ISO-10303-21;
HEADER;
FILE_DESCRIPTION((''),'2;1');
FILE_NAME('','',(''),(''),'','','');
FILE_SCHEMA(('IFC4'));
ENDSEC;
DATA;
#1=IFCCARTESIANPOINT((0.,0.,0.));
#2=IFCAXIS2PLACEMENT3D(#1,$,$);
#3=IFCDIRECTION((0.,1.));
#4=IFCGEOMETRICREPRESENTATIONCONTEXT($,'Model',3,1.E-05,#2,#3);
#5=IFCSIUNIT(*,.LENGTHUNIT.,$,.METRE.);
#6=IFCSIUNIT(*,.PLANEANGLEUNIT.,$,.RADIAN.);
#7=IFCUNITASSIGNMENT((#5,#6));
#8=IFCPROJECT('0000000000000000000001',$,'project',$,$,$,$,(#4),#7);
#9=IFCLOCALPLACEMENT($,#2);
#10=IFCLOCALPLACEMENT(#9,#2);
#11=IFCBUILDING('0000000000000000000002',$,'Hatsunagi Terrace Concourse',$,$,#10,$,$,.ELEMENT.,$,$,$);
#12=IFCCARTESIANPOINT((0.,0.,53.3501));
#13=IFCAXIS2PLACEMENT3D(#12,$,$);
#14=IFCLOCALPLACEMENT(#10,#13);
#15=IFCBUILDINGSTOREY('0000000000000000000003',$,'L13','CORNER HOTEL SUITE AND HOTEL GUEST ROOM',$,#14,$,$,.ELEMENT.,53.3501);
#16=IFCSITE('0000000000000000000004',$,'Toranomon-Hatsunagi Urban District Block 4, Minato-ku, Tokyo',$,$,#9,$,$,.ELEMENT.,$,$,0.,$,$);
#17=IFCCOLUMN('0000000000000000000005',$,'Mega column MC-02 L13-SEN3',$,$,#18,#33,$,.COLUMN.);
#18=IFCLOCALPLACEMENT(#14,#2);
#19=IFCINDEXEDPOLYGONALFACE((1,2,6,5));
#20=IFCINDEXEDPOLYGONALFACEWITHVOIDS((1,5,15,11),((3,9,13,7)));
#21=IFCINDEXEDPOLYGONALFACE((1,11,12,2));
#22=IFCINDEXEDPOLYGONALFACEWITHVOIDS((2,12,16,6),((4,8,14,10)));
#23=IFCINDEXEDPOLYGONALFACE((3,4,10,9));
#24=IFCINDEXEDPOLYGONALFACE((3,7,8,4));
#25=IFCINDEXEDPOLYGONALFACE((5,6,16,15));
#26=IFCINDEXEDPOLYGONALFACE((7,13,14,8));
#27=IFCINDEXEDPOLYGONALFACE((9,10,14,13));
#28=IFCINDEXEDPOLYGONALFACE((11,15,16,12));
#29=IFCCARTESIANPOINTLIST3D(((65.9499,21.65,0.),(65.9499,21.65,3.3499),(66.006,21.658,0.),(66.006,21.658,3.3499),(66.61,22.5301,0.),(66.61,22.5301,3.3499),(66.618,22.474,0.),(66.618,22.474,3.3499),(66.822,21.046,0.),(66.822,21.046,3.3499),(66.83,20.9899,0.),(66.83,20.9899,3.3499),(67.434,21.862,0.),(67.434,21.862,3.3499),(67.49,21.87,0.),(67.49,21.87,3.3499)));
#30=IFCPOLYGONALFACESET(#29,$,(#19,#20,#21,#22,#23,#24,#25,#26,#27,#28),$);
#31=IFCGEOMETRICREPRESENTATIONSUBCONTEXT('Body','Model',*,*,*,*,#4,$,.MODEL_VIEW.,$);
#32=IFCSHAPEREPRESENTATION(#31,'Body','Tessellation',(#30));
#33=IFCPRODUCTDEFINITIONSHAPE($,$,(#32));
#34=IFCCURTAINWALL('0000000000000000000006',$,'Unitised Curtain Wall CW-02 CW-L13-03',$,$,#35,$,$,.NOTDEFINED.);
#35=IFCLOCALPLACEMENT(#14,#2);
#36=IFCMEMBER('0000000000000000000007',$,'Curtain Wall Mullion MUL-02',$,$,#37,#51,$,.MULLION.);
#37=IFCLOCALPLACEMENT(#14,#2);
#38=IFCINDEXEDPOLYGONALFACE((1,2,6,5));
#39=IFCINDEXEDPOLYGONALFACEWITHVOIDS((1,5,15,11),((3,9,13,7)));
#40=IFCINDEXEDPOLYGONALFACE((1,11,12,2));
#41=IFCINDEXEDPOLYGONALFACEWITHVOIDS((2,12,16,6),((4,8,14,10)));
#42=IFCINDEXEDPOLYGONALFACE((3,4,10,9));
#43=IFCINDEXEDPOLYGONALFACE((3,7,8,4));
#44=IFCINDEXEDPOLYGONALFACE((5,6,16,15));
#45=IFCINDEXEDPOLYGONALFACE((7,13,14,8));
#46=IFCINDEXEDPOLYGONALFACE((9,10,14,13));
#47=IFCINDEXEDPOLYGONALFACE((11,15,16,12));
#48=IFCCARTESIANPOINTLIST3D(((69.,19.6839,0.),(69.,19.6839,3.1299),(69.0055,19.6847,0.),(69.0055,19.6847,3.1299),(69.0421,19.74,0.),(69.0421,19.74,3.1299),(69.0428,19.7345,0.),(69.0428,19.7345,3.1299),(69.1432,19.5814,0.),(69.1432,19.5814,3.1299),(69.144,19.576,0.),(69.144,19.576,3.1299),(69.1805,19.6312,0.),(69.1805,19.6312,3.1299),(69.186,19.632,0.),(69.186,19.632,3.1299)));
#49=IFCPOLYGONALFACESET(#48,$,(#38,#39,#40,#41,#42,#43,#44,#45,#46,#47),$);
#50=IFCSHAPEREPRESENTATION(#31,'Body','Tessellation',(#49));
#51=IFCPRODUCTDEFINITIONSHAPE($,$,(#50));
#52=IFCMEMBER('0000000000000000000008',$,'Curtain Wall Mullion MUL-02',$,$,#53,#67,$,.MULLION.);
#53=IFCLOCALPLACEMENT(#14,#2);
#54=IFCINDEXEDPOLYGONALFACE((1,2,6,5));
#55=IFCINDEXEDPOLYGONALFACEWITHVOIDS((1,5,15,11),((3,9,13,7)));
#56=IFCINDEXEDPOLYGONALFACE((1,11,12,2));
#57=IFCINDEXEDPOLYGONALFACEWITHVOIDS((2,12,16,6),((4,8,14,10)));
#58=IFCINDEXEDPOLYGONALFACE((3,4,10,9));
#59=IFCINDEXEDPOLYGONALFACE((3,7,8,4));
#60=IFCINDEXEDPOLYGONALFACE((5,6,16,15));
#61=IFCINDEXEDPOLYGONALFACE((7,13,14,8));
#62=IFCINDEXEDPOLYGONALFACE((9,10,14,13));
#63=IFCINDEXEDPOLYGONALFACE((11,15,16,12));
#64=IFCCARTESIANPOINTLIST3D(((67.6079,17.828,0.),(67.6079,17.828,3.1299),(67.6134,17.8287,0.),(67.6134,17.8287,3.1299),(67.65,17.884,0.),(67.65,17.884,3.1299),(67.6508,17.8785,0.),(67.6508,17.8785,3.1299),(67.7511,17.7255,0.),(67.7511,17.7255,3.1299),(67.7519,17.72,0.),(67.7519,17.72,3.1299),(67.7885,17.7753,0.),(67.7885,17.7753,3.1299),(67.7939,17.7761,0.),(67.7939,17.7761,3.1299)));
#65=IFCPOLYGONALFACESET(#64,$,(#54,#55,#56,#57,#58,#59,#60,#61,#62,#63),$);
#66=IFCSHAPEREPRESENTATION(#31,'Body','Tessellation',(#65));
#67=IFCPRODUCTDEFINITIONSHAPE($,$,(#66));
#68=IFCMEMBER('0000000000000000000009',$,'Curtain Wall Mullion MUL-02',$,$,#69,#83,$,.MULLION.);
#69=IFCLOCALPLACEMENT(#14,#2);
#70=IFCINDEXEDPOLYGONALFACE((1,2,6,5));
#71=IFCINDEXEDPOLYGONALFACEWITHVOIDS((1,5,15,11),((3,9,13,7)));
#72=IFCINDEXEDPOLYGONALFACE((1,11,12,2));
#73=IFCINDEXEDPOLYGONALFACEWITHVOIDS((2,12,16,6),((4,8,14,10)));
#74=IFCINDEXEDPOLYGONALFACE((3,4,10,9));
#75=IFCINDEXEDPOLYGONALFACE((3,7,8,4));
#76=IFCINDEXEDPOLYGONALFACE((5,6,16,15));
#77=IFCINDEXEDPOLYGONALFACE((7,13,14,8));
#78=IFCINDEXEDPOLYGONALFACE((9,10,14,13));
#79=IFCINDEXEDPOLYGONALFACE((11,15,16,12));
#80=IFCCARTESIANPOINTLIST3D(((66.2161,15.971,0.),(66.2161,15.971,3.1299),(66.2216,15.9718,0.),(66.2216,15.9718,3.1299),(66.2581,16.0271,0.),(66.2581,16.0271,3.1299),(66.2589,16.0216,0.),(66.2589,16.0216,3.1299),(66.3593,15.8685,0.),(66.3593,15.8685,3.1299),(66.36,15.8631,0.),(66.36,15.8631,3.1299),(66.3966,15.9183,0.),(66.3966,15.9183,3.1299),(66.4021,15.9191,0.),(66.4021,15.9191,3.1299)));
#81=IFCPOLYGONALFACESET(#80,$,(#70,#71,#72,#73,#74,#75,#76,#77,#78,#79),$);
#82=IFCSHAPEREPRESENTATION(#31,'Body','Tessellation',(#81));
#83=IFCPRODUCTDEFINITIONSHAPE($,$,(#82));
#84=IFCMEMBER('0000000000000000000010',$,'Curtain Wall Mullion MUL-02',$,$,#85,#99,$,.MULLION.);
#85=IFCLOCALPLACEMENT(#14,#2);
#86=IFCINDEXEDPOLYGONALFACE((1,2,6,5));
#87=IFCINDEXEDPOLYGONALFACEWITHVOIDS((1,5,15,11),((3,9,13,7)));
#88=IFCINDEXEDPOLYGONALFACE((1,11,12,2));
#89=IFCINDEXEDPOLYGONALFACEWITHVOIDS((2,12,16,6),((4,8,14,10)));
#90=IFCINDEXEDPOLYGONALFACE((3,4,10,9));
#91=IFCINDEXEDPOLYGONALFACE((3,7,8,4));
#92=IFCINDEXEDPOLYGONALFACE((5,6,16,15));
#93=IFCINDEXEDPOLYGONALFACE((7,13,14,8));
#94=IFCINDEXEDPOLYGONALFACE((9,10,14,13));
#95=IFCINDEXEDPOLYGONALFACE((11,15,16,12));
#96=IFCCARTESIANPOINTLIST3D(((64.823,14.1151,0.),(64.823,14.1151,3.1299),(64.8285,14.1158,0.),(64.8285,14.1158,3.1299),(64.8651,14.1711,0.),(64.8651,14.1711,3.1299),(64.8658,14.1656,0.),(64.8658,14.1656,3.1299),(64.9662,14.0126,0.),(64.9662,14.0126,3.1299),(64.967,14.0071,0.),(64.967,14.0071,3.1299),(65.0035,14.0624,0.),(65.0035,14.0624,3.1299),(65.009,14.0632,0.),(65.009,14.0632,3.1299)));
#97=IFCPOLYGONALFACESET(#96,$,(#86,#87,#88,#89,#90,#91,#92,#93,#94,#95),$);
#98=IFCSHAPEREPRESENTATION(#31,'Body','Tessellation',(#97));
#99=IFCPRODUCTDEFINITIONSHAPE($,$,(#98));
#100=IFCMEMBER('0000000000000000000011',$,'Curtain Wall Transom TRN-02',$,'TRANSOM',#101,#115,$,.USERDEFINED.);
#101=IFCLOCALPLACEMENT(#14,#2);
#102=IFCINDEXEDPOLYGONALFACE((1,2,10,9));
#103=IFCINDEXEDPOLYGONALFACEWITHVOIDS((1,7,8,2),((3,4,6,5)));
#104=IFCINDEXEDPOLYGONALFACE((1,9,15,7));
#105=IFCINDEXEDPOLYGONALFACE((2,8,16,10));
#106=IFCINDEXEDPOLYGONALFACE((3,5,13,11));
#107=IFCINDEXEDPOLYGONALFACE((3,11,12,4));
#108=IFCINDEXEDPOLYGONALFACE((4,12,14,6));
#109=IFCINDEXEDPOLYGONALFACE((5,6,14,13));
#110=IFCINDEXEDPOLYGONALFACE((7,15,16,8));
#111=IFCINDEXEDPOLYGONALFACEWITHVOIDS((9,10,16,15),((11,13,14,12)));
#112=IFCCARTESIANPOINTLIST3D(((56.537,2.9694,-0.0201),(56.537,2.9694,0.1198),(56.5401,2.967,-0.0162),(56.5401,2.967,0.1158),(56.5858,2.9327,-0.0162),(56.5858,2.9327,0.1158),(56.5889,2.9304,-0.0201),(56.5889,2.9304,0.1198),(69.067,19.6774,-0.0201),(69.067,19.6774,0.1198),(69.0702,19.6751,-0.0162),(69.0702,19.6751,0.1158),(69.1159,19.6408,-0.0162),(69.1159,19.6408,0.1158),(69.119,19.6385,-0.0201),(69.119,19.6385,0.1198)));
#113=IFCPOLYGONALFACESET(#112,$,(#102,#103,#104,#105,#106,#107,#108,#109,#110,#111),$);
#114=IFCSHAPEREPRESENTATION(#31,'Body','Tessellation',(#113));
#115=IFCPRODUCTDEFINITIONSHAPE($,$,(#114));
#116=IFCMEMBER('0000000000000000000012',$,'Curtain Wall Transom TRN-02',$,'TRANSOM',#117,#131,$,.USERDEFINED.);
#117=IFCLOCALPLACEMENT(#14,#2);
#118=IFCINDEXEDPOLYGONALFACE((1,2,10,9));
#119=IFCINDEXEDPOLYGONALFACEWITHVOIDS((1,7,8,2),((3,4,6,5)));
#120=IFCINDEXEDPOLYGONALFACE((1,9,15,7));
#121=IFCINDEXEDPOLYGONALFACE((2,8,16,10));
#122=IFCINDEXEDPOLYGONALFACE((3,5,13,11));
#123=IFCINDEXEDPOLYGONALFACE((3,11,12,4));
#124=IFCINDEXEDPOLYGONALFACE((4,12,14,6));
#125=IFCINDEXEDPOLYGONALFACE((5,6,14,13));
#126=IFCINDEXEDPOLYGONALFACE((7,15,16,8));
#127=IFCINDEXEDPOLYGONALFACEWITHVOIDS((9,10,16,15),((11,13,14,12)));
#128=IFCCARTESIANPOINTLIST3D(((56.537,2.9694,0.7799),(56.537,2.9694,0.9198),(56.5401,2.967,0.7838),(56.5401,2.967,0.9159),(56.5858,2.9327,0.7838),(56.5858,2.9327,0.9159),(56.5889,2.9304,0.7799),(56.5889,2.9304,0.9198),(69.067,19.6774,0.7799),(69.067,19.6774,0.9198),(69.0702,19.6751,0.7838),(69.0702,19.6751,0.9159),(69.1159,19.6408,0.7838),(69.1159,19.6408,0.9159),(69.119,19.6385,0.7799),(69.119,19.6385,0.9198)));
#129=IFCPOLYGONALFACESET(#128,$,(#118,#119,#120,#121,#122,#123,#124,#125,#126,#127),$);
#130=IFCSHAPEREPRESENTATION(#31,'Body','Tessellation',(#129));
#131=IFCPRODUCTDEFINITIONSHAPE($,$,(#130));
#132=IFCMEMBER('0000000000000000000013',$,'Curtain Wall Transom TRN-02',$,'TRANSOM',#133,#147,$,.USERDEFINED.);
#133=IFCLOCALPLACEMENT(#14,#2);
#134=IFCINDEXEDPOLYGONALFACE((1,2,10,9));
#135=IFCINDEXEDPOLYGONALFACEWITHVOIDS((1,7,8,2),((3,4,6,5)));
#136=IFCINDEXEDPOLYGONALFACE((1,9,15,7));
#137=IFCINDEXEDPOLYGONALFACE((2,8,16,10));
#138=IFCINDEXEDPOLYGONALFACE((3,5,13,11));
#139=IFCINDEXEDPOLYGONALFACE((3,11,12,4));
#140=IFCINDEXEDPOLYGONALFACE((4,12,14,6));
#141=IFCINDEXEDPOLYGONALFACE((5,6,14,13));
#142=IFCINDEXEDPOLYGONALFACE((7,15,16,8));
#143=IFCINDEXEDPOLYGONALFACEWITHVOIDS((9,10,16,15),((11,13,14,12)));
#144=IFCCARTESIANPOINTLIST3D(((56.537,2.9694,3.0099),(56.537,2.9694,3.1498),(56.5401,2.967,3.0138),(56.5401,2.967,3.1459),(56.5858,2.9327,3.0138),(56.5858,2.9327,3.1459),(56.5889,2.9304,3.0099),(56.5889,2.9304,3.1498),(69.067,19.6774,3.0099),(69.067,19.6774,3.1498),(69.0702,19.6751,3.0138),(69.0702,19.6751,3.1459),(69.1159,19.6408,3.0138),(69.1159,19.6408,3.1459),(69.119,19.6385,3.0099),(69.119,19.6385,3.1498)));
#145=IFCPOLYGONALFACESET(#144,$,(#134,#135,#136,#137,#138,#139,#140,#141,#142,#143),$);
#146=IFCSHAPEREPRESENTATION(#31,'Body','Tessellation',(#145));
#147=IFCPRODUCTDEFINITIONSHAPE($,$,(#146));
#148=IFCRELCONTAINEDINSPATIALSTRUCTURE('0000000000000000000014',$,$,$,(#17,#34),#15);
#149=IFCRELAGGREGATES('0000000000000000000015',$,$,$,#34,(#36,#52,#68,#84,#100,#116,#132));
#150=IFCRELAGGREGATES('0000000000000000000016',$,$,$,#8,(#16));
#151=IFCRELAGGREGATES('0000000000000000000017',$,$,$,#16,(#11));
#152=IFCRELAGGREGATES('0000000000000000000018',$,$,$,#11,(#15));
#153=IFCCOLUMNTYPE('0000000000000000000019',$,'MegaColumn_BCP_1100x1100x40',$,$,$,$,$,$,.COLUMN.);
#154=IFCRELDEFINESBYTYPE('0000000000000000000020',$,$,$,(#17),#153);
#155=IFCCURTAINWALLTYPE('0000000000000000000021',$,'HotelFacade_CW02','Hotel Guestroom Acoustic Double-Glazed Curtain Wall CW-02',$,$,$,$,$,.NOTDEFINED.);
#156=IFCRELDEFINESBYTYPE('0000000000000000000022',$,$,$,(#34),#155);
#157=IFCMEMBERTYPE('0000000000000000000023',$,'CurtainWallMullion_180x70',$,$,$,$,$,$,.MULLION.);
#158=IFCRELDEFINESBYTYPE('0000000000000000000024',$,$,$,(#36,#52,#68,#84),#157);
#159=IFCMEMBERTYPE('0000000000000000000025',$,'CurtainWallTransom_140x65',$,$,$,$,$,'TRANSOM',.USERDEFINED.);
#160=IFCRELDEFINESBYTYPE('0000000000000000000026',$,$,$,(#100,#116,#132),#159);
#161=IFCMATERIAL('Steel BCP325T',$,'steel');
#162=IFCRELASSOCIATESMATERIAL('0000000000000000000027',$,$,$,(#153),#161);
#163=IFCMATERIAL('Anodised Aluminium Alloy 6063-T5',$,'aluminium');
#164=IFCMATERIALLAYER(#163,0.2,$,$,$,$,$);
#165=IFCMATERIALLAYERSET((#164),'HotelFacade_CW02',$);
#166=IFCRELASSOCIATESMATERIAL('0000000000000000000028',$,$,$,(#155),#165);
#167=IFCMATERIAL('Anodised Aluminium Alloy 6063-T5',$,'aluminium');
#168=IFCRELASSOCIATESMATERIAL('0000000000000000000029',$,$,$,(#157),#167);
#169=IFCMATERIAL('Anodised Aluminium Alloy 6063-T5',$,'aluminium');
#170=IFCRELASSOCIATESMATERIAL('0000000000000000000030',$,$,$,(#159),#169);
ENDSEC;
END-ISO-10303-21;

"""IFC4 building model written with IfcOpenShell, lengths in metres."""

from ifc_helpers import new_model, si_unit, direction, frame, origin, origin_2d, place, context, subcontext, project, spatial, hollow_rectangle, extrude, material, layer, layer_set, material_profile, profile_set, type_object, element, aggregate, save


model = new_model("IFC4")

# Units and contexts
model_context = context("Model", 3, precision=1e-05, world=origin(), true_north=direction((0.0, 1.0)))
body_context = subcontext(model_context, "Body", "Model", "MODEL_VIEW")
ifc_project = project(units=[si_unit("LENGTHUNIT", "METRE"), si_unit("PLANEANGLEUNIT", "RADIAN")], contexts=[model_context])

# Site, building, storey
site_placement = place(None, origin())
site = spatial("IfcSite", under=ifc_project, at=site_placement, Name="Toranomon-Hatsunagi Urban District Block 4, Minato-ku, Tokyo", CompositionType="ELEMENT", RefElevation=0.0)
building_placement = place(site_placement, origin())
building = spatial("IfcBuilding", under=site, at=building_placement, Name="Hatsunagi Terrace Concourse", CompositionType="ELEMENT")
storey_placement = place(building_placement, frame((0.0, 0.0, 53.3501)))
storey = spatial("IfcBuildingStorey", under=building, at=storey_placement, Name="L13", Description="CORNER HOTEL SUITE AND HOTEL GUEST ROOM", CompositionType="ELEMENT", Elevation=53.3501)

# Column
ifc_material_1 = material(Name="Steel BCP325T", Category="steel")
ifc_material_profile_1 = material_profile(ifc_material_1, hollow_rectangle(XDim=1.1001, YDim=1.1001, WallThickness=0.04, at=origin_2d()), Name="BCP-1100x1100x40")
ifc_profile_set_1 = profile_set([ifc_material_profile_1], Name="Steel BCP325T")
column_type = type_object("IfcColumnType", Name="MegaColumn_BCP_1100x1100x40", PredefinedType="COLUMN", material=ifc_profile_set_1)
column_placement = place(storey_placement, frame((66.72, 21.76, 0.0), z_axis=(0.0, 0.0, 1.0), x_axis=(0.8, -0.6, 0.0)))
element("IfcColumn", 1, at=column_placement, inside=storey, type_object=column_type, Name="Mega column MC-02 L13-SEN3", PredefinedType="COLUMN", context=body_context, shape_type="SweptSolid", body=[
    extrude(hollow_rectangle(XDim=1.1001, YDim=1.1001, WallThickness=0.04, at=origin_2d()), origin(), (0.0, 0.0, 1.0), 3.3499),
])

# Curtain wall, members
ifc_material_2 = material(Name="Anodised Aluminium Alloy 6063-T5", Category="aluminium")
ifc_layer_1 = layer(ifc_material_2, 0.2)
ifc_layer_set_1 = layer_set([ifc_layer_1], Name="HotelFacade_CW02")
curtain_wall_type = type_object("IfcCurtainWallType", Name="HotelFacade_CW02", Description="Hotel Guestroom Acoustic Double-Glazed Curtain Wall CW-02", PredefinedType="NOTDEFINED", material=ifc_layer_set_1)
curtain_wall_placement = place(storey_placement, origin())
curtain_wall = element("IfcCurtainWall", 2, at=curtain_wall_placement, inside=storey, type_object=curtain_wall_type, Name="Unitised Curtain Wall CW-02 CW-L13-03", PredefinedType="NOTDEFINED")
ifc_material_3 = material(Name="Anodised Aluminium Alloy 6063-T5", Category="aluminium")
ifc_material_profile_2 = material_profile(ifc_material_3, hollow_rectangle(XDim=0.0701, YDim=0.1799, WallThickness=0.0039, at=origin_2d()), Name="ALU-MUL-180x70x4")
ifc_profile_set_2 = profile_set([ifc_material_profile_2], Name="Anodised Aluminium Alloy 6063-T5")
member_type_1 = type_object("IfcMemberType", Name="CurtainWallMullion_180x70", PredefinedType="MULLION", material=ifc_profile_set_2)
member_1_placement = place(storey_placement, frame((69.093, 19.658, 0.0), z_axis=(0.0, 0.0, 1.0), x_axis=(-0.599969, -0.800023, 0.0)))
member_1 = element("IfcMember", 3, at=member_1_placement, type_object=member_type_1, Name="Curtain Wall Mullion MUL-02", PredefinedType="MULLION", context=body_context, shape_type="SweptSolid", body=[
    extrude(hollow_rectangle(XDim=0.0701, YDim=0.1799, WallThickness=0.0039, at=origin_2d()), origin(), (0.0, 0.0, 1.0), 3.1299),
])
member_2_placement = place(storey_placement, frame((67.7009, 17.802, 0.0), z_axis=(0.0, 0.0, 1.0), x_axis=(-0.599969, -0.800023, 0.0)))
member_2 = element("IfcMember", 4, at=member_2_placement, type_object=member_type_1, Name="Curtain Wall Mullion MUL-02", PredefinedType="MULLION", context=body_context, shape_type="SweptSolid", body=[
    extrude(hollow_rectangle(XDim=0.0701, YDim=0.1799, WallThickness=0.0039, at=origin_2d()), origin(), (0.0, 0.0, 1.0), 3.1299),
])
member_3_placement = place(storey_placement, frame((66.3091, 15.9451, 0.0), z_axis=(0.0, 0.0, 1.0), x_axis=(-0.599969, -0.800023, 0.0)))
member_3 = element("IfcMember", 5, at=member_3_placement, type_object=member_type_1, Name="Curtain Wall Mullion MUL-02", PredefinedType="MULLION", context=body_context, shape_type="SweptSolid", body=[
    extrude(hollow_rectangle(XDim=0.0701, YDim=0.1799, WallThickness=0.0039, at=origin_2d()), origin(), (0.0, 0.0, 1.0), 3.1299),
])
member_4_placement = place(storey_placement, frame((64.916, 14.0891, 0.0), z_axis=(0.0, 0.0, 1.0), x_axis=(-0.599969, -0.800023, 0.0)))
member_4 = element("IfcMember", 6, at=member_4_placement, type_object=member_type_1, Name="Curtain Wall Mullion MUL-02", PredefinedType="MULLION", context=body_context, shape_type="SweptSolid", body=[
    extrude(hollow_rectangle(XDim=0.0701, YDim=0.1799, WallThickness=0.0039, at=origin_2d()), origin(), (0.0, 0.0, 1.0), 3.1299),
])
ifc_material_4 = material(Name="Anodised Aluminium Alloy 6063-T5", Category="aluminium")
ifc_material_profile_3 = material_profile(ifc_material_4, hollow_rectangle(XDim=0.0649, YDim=0.1399, WallThickness=0.0039, at=origin_2d()), Name="ALU-TRN-140x65x4")
ifc_profile_set_3 = profile_set([ifc_material_profile_3], Name="Anodised Aluminium Alloy 6063-T5")
member_type_2 = type_object("IfcMemberType", Name="CurtainWallTransom_140x65", ElementType="TRANSOM", PredefinedType="USERDEFINED", material=ifc_profile_set_3)
member_5_placement = place(storey_placement, frame((69.093, 19.658, 0.0498), z_axis=(-0.59997, -0.800022, 0.0), x_axis=(0.800022, -0.59997, 0.0)))
member_5 = element("IfcMember", 7, at=member_5_placement, type_object=member_type_2, Name="Curtain Wall Transom TRN-02", ObjectType="TRANSOM", PredefinedType="USERDEFINED", context=body_context, shape_type="SweptSolid", body=[
    extrude(hollow_rectangle(XDim=0.0649, YDim=0.1399, WallThickness=0.0039, at=origin_2d()), origin(), (0.0, 0.0, 1.0), 20.8845),
])
member_6_placement = place(storey_placement, frame((69.093, 19.658, 0.8499), z_axis=(-0.59997, -0.800022, 0.0), x_axis=(0.800022, -0.59997, 0.0)))
member_6 = element("IfcMember", 8, at=member_6_placement, type_object=member_type_2, Name="Curtain Wall Transom TRN-02", ObjectType="TRANSOM", PredefinedType="USERDEFINED", context=body_context, shape_type="SweptSolid", body=[
    extrude(hollow_rectangle(XDim=0.0649, YDim=0.1399, WallThickness=0.0039, at=origin_2d()), origin(), (0.0, 0.0, 1.0), 20.8845),
])
member_7_placement = place(storey_placement, frame((69.093, 19.658, 3.0798), z_axis=(-0.59997, -0.800022, 0.0), x_axis=(0.800022, -0.59997, 0.0)))
member_7 = element("IfcMember", 9, at=member_7_placement, type_object=member_type_2, Name="Curtain Wall Transom TRN-02", ObjectType="TRANSOM", PredefinedType="USERDEFINED", context=body_context, shape_type="SweptSolid", body=[
    extrude(hollow_rectangle(XDim=0.0649, YDim=0.1399, WallThickness=0.0039, at=origin_2d()), origin(), (0.0, 0.0, 1.0), 20.8845),
])

aggregate(curtain_wall, [member_1, member_2, member_3, member_4, member_5, member_6, member_7])

save(model, "model.ifc")
